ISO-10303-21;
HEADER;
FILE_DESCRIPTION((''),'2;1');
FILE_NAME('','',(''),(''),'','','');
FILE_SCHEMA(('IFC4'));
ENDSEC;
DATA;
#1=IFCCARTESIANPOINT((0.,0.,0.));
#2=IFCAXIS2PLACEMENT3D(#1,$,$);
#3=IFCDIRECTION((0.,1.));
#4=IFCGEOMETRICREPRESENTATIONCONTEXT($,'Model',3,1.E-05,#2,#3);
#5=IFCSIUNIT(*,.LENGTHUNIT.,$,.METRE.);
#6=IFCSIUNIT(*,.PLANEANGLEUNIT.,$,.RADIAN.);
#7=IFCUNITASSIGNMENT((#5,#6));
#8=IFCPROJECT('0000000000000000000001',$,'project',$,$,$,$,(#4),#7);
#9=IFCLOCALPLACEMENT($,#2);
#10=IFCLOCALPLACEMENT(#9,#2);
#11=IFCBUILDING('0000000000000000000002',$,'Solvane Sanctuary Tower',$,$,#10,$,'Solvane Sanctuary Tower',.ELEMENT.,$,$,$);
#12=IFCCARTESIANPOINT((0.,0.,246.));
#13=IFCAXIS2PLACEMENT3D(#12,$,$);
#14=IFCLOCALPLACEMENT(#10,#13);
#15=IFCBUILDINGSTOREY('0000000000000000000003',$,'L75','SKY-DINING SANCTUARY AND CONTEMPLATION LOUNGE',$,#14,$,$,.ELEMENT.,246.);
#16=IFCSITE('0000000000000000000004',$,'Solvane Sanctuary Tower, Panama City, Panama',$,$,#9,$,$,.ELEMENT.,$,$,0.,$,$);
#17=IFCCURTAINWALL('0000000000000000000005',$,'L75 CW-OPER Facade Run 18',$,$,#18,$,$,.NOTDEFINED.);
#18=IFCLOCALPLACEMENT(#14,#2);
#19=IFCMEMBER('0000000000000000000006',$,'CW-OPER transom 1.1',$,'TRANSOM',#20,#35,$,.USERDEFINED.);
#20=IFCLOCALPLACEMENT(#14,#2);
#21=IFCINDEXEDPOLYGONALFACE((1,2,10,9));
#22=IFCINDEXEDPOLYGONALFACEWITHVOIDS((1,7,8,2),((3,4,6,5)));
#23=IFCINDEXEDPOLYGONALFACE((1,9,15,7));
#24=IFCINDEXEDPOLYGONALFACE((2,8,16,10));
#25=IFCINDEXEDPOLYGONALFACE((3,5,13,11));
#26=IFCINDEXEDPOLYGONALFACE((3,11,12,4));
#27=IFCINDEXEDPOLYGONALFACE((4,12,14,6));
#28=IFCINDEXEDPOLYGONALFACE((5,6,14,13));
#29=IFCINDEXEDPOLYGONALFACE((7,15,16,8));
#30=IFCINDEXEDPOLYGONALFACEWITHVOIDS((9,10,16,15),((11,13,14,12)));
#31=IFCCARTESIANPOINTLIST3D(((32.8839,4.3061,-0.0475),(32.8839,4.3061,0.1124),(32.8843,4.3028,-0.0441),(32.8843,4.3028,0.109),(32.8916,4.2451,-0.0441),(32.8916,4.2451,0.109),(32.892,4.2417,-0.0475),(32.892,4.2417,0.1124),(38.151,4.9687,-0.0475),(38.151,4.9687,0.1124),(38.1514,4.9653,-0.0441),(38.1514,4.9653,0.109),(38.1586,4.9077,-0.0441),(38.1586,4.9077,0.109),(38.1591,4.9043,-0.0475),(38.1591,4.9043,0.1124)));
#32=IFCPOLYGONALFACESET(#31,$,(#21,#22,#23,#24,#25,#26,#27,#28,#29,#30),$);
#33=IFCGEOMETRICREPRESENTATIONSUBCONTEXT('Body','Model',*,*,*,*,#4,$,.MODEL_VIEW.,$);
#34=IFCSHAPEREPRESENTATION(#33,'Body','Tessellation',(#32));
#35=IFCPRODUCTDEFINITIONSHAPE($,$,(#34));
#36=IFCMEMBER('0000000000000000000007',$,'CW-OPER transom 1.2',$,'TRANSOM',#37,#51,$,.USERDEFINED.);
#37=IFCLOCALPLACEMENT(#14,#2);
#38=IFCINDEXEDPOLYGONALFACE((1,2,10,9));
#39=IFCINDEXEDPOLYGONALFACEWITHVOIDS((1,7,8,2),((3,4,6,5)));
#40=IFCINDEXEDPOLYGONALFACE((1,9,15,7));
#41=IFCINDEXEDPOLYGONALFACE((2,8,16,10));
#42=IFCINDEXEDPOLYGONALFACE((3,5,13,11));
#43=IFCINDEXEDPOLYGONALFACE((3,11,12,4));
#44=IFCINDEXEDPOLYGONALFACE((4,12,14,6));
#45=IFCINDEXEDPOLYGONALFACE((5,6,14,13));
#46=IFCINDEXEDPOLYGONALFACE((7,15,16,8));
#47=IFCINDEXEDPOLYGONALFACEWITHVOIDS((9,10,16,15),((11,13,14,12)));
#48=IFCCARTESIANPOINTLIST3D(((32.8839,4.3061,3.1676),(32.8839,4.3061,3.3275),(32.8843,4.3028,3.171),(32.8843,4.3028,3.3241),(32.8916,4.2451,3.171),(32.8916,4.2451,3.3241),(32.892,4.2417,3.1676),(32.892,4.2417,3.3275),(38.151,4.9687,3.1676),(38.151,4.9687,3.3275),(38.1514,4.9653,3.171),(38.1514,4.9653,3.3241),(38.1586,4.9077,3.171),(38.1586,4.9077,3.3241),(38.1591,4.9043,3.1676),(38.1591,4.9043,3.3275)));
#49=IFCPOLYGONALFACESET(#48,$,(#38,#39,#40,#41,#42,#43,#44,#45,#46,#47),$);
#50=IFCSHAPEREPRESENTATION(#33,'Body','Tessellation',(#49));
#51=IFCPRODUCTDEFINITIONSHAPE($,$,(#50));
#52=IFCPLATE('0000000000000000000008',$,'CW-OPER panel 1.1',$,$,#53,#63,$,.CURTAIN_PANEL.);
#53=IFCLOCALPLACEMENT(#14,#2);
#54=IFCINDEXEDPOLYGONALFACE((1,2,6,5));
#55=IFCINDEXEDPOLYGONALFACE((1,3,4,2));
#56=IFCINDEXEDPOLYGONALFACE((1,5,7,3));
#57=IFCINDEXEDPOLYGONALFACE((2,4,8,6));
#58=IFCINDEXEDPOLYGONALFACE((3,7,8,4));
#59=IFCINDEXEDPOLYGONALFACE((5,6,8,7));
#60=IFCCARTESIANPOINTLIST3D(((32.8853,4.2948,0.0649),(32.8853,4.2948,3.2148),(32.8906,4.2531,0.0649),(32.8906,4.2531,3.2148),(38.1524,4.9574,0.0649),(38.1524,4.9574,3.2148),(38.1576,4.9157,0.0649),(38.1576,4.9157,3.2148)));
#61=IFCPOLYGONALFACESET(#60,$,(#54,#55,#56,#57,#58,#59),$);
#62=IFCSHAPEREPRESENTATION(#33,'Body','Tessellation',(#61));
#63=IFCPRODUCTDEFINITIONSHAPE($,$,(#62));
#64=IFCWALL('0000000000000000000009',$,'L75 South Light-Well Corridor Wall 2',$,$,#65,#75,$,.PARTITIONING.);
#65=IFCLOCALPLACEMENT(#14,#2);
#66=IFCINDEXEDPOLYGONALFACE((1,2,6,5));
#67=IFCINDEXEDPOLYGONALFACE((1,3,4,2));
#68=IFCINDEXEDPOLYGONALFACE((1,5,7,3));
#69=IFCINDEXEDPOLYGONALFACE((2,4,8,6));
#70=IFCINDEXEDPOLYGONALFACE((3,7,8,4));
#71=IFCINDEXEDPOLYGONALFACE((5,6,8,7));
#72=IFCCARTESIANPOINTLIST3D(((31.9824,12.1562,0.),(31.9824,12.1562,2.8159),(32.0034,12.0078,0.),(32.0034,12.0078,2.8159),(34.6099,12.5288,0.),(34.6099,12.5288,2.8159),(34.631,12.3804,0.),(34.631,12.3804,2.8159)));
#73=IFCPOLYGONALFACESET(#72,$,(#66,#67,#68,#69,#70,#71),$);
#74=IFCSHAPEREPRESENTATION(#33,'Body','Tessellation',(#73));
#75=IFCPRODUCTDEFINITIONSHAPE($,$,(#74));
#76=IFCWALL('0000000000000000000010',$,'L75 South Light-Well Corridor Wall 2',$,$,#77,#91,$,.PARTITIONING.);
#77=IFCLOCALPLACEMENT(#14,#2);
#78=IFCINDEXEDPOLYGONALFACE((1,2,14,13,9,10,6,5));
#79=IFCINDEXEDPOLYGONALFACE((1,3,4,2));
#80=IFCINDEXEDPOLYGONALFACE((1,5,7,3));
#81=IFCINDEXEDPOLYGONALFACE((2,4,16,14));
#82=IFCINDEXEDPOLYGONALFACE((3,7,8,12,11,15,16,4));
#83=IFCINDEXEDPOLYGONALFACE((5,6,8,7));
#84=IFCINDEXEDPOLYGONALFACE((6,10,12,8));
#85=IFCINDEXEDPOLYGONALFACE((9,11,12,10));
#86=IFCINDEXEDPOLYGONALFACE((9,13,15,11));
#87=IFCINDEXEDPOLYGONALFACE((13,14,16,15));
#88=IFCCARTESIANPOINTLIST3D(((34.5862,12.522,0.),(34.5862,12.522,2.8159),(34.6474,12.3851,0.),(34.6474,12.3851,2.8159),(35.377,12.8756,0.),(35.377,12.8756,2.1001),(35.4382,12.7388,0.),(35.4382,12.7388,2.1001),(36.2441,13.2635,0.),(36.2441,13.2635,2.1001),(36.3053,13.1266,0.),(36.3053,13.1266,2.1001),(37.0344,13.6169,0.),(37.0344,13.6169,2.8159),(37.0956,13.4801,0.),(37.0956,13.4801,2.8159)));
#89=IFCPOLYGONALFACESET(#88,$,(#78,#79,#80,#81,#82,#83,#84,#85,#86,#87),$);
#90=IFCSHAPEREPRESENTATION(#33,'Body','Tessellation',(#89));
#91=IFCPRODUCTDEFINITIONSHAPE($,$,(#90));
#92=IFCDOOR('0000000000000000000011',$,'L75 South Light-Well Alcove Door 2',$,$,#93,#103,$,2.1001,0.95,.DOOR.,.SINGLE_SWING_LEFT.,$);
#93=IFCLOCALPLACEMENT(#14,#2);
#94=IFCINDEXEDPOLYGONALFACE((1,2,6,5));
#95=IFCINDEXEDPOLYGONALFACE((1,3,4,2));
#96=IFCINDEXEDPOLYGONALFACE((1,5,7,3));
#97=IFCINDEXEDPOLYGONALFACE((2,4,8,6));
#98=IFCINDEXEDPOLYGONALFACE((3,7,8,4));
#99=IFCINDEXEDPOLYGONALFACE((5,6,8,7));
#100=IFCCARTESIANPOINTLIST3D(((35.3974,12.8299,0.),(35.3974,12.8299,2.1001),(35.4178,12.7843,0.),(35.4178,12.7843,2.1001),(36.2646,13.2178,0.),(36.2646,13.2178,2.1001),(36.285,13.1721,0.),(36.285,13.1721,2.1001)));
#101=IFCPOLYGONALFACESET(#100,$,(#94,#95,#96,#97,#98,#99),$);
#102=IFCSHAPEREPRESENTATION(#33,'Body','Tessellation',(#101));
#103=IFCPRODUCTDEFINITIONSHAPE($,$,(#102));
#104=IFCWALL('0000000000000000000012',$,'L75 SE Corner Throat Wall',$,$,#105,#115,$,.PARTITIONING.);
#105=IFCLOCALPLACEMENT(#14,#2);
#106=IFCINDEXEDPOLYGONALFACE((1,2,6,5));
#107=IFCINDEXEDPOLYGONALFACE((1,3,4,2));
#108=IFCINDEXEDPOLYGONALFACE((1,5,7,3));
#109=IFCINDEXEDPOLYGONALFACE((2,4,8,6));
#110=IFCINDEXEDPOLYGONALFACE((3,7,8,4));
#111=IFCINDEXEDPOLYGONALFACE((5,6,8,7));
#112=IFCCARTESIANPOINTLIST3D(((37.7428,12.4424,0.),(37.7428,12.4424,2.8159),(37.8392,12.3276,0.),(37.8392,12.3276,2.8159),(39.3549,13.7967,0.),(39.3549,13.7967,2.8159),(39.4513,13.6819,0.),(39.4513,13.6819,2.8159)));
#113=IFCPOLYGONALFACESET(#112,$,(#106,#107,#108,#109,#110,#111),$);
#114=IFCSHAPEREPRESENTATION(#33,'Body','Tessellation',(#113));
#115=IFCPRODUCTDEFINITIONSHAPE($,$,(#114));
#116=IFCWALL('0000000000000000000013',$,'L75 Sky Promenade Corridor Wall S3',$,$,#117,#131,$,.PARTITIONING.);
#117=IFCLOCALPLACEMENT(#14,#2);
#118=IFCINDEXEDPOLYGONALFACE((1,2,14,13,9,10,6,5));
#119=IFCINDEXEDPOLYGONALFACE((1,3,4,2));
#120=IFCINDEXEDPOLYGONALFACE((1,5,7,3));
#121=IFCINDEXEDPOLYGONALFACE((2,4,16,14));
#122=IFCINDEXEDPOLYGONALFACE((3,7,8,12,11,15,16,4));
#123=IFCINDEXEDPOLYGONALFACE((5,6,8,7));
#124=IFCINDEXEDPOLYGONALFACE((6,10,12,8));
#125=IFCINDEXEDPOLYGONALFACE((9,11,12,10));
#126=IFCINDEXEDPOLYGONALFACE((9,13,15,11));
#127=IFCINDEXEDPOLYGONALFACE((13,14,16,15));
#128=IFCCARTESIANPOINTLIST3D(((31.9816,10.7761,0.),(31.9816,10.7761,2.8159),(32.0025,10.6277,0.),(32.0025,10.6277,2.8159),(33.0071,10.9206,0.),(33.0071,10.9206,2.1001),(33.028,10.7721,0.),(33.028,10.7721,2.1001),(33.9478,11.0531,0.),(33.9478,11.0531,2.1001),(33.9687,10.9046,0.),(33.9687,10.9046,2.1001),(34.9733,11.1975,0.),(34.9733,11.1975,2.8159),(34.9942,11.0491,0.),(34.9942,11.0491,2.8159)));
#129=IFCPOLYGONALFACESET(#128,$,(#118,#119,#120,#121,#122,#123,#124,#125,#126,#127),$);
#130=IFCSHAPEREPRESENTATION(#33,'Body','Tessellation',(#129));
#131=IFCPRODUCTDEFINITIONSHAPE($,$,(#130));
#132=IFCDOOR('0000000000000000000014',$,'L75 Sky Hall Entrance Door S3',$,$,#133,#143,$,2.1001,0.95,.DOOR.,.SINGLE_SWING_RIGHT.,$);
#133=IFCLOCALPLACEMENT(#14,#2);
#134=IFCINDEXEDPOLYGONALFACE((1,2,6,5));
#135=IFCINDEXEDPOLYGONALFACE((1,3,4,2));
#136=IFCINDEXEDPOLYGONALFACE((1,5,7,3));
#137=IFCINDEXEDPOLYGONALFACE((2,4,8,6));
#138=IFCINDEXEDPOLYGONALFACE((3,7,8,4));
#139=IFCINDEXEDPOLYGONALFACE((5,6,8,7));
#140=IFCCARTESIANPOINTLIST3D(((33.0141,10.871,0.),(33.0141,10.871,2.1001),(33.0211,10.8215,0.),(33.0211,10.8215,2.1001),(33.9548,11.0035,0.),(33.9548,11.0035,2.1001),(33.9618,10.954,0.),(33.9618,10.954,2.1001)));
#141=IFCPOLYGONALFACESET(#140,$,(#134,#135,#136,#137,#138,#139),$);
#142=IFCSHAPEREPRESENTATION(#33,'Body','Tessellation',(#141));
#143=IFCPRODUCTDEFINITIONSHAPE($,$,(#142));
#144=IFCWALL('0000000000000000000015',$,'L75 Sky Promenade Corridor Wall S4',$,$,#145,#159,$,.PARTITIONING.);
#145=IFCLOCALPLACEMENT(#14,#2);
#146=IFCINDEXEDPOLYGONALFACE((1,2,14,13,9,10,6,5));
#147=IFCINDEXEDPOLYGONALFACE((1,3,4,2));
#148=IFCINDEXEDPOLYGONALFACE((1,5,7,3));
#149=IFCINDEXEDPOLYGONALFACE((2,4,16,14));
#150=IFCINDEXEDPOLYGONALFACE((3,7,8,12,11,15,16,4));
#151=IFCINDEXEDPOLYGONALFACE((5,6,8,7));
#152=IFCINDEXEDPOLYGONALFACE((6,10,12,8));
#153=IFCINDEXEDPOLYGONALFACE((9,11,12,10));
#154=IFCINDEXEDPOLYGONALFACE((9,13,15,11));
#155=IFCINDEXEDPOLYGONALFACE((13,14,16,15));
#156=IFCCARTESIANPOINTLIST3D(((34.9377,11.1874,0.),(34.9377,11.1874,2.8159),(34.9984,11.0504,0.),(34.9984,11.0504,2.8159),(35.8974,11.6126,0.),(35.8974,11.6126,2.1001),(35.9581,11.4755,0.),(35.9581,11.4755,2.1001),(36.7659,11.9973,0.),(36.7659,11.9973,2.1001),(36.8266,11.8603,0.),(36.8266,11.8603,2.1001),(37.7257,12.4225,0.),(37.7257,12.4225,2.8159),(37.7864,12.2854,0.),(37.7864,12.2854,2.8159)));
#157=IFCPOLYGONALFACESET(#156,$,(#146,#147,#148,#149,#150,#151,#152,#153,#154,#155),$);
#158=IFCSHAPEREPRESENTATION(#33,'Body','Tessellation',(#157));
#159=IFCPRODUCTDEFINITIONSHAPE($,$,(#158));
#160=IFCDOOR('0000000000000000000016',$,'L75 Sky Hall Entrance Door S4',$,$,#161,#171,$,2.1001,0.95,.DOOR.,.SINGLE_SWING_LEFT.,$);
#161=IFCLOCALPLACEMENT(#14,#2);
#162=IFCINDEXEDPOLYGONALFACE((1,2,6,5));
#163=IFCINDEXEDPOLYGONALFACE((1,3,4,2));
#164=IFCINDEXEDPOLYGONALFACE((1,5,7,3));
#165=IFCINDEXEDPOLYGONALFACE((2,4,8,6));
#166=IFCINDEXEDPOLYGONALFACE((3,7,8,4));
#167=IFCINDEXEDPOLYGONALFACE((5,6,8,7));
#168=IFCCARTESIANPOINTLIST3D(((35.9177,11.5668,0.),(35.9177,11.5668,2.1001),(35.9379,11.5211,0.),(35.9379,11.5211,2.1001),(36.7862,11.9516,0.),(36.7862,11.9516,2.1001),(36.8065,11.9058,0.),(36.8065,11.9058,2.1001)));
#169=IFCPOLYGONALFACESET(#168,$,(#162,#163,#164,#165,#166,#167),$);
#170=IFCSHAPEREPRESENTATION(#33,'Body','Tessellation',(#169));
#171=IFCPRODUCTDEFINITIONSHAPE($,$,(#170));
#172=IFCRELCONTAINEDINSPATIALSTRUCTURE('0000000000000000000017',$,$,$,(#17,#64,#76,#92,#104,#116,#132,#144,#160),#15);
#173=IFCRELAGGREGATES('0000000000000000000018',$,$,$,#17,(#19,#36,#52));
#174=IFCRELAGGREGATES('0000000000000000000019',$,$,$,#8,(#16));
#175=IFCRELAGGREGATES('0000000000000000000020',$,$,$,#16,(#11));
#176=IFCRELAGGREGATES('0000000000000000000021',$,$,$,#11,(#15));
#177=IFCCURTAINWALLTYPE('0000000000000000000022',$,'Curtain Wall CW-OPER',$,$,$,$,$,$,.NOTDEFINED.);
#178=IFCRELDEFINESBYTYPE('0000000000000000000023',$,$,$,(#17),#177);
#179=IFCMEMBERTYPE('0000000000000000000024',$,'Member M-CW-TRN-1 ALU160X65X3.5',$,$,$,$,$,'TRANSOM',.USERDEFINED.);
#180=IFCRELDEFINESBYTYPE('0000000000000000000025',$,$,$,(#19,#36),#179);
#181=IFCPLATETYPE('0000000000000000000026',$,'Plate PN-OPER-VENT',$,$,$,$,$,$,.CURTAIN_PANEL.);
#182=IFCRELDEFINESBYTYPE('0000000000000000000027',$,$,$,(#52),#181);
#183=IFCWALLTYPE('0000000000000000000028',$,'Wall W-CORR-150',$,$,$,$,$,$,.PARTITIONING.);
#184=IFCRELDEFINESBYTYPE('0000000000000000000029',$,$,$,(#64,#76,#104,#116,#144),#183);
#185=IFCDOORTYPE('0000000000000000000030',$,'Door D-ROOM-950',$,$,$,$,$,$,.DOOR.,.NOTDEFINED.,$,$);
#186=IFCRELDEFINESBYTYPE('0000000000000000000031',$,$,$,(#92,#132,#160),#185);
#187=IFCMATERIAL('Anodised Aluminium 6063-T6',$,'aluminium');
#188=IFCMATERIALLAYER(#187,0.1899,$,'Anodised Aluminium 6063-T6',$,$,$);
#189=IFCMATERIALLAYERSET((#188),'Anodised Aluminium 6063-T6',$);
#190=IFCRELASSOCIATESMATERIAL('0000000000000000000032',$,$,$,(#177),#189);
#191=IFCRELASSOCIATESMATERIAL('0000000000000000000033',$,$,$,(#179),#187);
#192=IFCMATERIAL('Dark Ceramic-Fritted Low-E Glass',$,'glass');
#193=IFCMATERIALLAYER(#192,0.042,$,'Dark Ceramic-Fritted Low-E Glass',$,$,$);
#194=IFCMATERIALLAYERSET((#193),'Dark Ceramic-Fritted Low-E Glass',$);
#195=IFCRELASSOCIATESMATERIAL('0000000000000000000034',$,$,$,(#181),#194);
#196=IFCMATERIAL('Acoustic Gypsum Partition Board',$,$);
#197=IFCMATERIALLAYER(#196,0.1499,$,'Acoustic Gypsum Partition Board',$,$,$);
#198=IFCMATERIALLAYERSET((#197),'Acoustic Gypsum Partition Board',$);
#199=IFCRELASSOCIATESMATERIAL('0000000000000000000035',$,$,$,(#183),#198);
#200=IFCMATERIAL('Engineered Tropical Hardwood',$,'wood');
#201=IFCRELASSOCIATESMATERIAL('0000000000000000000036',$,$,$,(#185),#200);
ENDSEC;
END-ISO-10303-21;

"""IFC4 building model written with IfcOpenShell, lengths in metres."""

from ifc_helpers import new_model, si_unit, direction, frame, frame_2d, origin, origin_2d, place, context, subcontext, project, spatial, rectangle, hollow_rectangle, extrude, material, layer, layer_set, material_profile, profile_set, type_object, element, fill, aggregate, save


model = new_model("IFC4")

# Units and contexts
model_context = context("Model", 3, precision=1e-05, world=origin(), true_north=direction((0.0, 1.0)))
body_context = subcontext(model_context, "Body", "Model", "MODEL_VIEW")
ifc_project = project(units=[si_unit("LENGTHUNIT", "METRE"), si_unit("PLANEANGLEUNIT", "RADIAN")], contexts=[model_context])

# Site, building, storey
site_placement = place(None, origin())
site = spatial("IfcSite", under=ifc_project, at=site_placement, Name="Solvane Sanctuary Tower, Panama City, Panama", CompositionType="ELEMENT", RefElevation=0.0)
building_placement = place(site_placement, origin())
building = spatial("IfcBuilding", under=site, at=building_placement, Name="Solvane Sanctuary Tower", LongName="Solvane Sanctuary Tower", CompositionType="ELEMENT")
storey_placement = place(building_placement, frame((0.0, 0.0, 246.0)))
storey = spatial("IfcBuildingStorey", under=building, at=storey_placement, Name="L75", Description="SKY-DINING SANCTUARY AND CONTEMPLATION LOUNGE", CompositionType="ELEMENT", Elevation=246.0)

# Curtain wall, members, plate
ifc_material_1 = material(Name="Anodised Aluminium 6063-T6", Category="aluminium")
ifc_layer_1 = layer(ifc_material_1, 0.1899, Name="Anodised Aluminium 6063-T6")
ifc_layer_set_1 = layer_set([ifc_layer_1], Name="Anodised Aluminium 6063-T6")
curtain_wall_type = type_object("IfcCurtainWallType", Name="Curtain Wall CW-OPER", PredefinedType="NOTDEFINED", material=ifc_layer_set_1)
curtain_wall_placement = place(storey_placement, origin())
curtain_wall = element("IfcCurtainWall", 1, at=curtain_wall_placement, inside=storey, type_object=curtain_wall_type, Name="L75 CW-OPER Facade Run 18", PredefinedType="NOTDEFINED")
ifc_material_profile_1 = material_profile(ifc_material_1, hollow_rectangle(XDim=0.0649, YDim=0.1599, WallThickness=0.0034, at=origin_2d()), Name="ALU160X65X3.5")
ifc_profile_set_1 = profile_set([ifc_material_profile_1], Name="Anodised Aluminium 6063-T6")
member_type_1 = type_object("IfcMemberType", Name="Member M-CW-TRN-1 ALU160X65X3.5", ElementType="TRANSOM", PredefinedType="USERDEFINED", material=ifc_profile_set_1)
member_1_placement = place(storey_placement, frame((32.8879, 4.2739, 0.0325), z_axis=(0.99218, 0.124816, 0.0), x_axis=(-0.124816, 0.99218, 0.0)))
member_1 = element("IfcMember", 2, at=member_1_placement, type_object=member_type_1, Name="CW-OPER transom 1.1", ObjectType="TRANSOM", PredefinedType="USERDEFINED", context=body_context, shape_type="SweptSolid", body=[
    extrude(hollow_rectangle(XDim=0.0649, YDim=0.1599, WallThickness=0.0034, at=origin_2d()), origin(), (0.0, 0.0, 1.0), 5.3086),
])
member_2_placement = place(storey_placement, frame((32.8879, 4.2739, 3.2476), z_axis=(0.99218, 0.124816, 0.0), x_axis=(-0.124816, 0.99218, 0.0)))
member_2 = element("IfcMember", 3, at=member_2_placement, type_object=member_type_1, Name="CW-OPER transom 1.2", ObjectType="TRANSOM", PredefinedType="USERDEFINED", context=body_context, shape_type="SweptSolid", body=[
    extrude(hollow_rectangle(XDim=0.0649, YDim=0.1599, WallThickness=0.0034, at=origin_2d()), origin(), (0.0, 0.0, 1.0), 5.3086),
])
ifc_material_2 = material(Name="Dark Ceramic-Fritted Low-E Glass", Category="glass")
ifc_layer_2 = layer(ifc_material_2, 0.042, Name="Dark Ceramic-Fritted Low-E Glass")
ifc_layer_set_2 = layer_set([ifc_layer_2], Name="Dark Ceramic-Fritted Low-E Glass")
plate_type = type_object("IfcPlateType", Name="Plate PN-OPER-VENT", PredefinedType="CURTAIN_PANEL", material=ifc_layer_set_2)
plate_placement = place(storey_placement, frame((35.5215, 4.6052, 0.0649), z_axis=(0.0, 0.0, 1.0), x_axis=(0.99218, 0.124815, 0.0)))
plate = element("IfcPlate", 4, at=plate_placement, type_object=plate_type, Name="CW-OPER panel 1.1", PredefinedType="CURTAIN_PANEL", context=body_context, shape_type="SweptSolid", body=[
    extrude(rectangle(XDim=5.3086, YDim=0.042, at=origin_2d()), origin(), (0.0, 0.0, 1.0), 3.1499),
])
aggregate(curtain_wall, [member_1, member_2, plate])

# Wall
ifc_material_3 = material(Name="Acoustic Gypsum Partition Board")
ifc_layer_3 = layer(ifc_material_3, 0.1499, Name="Acoustic Gypsum Partition Board")
ifc_layer_set_3 = layer_set([ifc_layer_3], Name="Acoustic Gypsum Partition Board")
wall_type_1 = type_object("IfcWallType", Name="Wall W-CORR-150", PredefinedType="PARTITIONING", material=ifc_layer_set_3)
wall_1_placement = place(storey_placement, frame((31.9929, 12.082, 0.0), z_axis=(0.0, 0.0, 1.0), x_axis=(0.990096, 0.140391, 0.0)))
element("IfcWall", 5, at=wall_1_placement, inside=storey, type_object=wall_type_1, Name="L75 South Light-Well Corridor Wall 2", PredefinedType="PARTITIONING", context=body_context, shape_type="SweptSolid", body=[
    extrude(rectangle(XDim=2.6538, YDim=0.1499, at=frame_2d((1.3269, 0.0))), origin(), (0.0, 0.0, 1.0), 2.8159),
])

# Wall, opening, door
wall_2_placement = place(storey_placement, frame((34.6169, 12.4536, 0.0), z_axis=(0.0, 0.0, 1.0), x_axis=(0.912859, 0.408274, 0.0)))
wall_2 = element("IfcWall", 6, at=wall_2_placement, inside=storey, type_object=wall_type_1, Name="L75 South Light-Well Corridor Wall 2", PredefinedType="PARTITIONING", context=body_context, shape_type="SweptSolid", body=[
    extrude(rectangle(XDim=2.6819, YDim=0.1499, at=frame_2d((1.3408, 0.0))), origin(), (0.0, 0.0, 1.0), 2.8159),
])
opening_1_placement = place(wall_2_placement, frame((0.866, 0.0, 0.0)))
opening_1 = element("IfcOpeningElement", 7, at=opening_1_placement, cuts=wall_2, PredefinedType="OPENING", context=body_context, shape_type="SweptSolid", body=[
    extrude(rectangle(XDim=0.95, YDim=2.1001, at=frame_2d((0.4751, 1.05))), frame((0.0, 0.085, 0.0), z_axis=(0.0, -1.0, 0.0), x_axis=(1.0, 0.0, 0.0)), (0.0, 0.0, 1.0), 0.1699),
])
ifc_material_4 = material(Name="Engineered Tropical Hardwood", Category="wood")
door_type = type_object("IfcDoorType", Name="Door D-ROOM-950", OperationType="NOTDEFINED", PredefinedType="DOOR", material=ifc_material_4)
door_1_placement = place(opening_1_placement, origin())
door_1 = element("IfcDoor", 8, at=door_1_placement, inside=storey, type_object=door_type, Name="L75 South Light-Well Alcove Door 2", OperationType="SINGLE_SWING_LEFT", OverallHeight=2.1001, OverallWidth=0.95, PredefinedType="DOOR", context=body_context, shape_type="SweptSolid", body=[
    extrude(rectangle(XDim=0.95, YDim=2.1001, at=frame_2d((0.4751, 1.05))), frame((0.0, 0.0249, 0.0), z_axis=(0.0, -1.0, 0.0), x_axis=(1.0, 0.0, 0.0)), (0.0, 0.0, 1.0), 0.05),
])
fill(opening_1, door_1)

# Wall
wall_3_placement = place(storey_placement, frame((37.791, 12.385, 0.0), z_axis=(0.0, 0.0, 1.0), x_axis=(0.765677, 0.643225, 0.0)))
element("IfcWall", 9, at=wall_3_placement, inside=storey, type_object=wall_type_1, Name="L75 SE Corner Throat Wall", PredefinedType="PARTITIONING", context=body_context, shape_type="SweptSolid", body=[
    extrude(rectangle(XDim=2.1055, YDim=0.1499, at=frame_2d((1.0527, 0.0))), origin(), (0.0, 0.0, 1.0), 2.8159),
])

# Walls, openings, doors
wall_4_placement = place(storey_placement, frame((31.9919, 10.7019, 0.0), z_axis=(0.0, 0.0, 1.0), x_axis=(0.990226, 0.139475, 0.0)))
wall_4 = element("IfcWall", 10, at=wall_4_placement, inside=storey, type_object=wall_type_1, Name="L75 Sky Promenade Corridor Wall S3", PredefinedType="PARTITIONING", context=body_context, shape_type="SweptSolid", body=[
    extrude(rectangle(XDim=3.0212, YDim=0.1499, at=frame_2d((1.5107, 0.0))), origin(), (0.0, 0.0, 1.0), 2.8159),
])
opening_2_placement = place(wall_4_placement, frame((1.0356, 0.0, 0.0)))
opening_2 = element("IfcOpeningElement", 11, at=opening_2_placement, cuts=wall_4, PredefinedType="OPENING", context=body_context, shape_type="SweptSolid", body=[
    extrude(rectangle(XDim=0.95, YDim=2.1001, at=frame_2d((0.4751, 1.05))), frame((0.0, 0.085, 0.0), z_axis=(0.0, -1.0, 0.0), x_axis=(1.0, 0.0, 0.0)), (0.0, 0.0, 1.0), 0.1699),
])
door_2_placement = place(opening_2_placement, origin())
door_2 = element("IfcDoor", 12, at=door_2_placement, inside=storey, type_object=door_type, Name="L75 Sky Hall Entrance Door S3", OperationType="SINGLE_SWING_RIGHT", OverallHeight=2.1001, OverallWidth=0.95, PredefinedType="DOOR", context=body_context, shape_type="SweptSolid", body=[
    extrude(rectangle(XDim=0.95, YDim=2.1001, at=frame_2d((0.4751, 1.05))), frame((0.0, 0.0249, 0.0), z_axis=(0.0, -1.0, 0.0), x_axis=(1.0, 0.0, 0.0)), (0.0, 0.0, 1.0), 0.05),
])
fill(opening_2, door_2)
wall_5_placement = place(storey_placement, frame((34.968, 11.1189, 0.0), z_axis=(0.0, 0.0, 1.0), x_axis=(0.914303, 0.405031, 0.0)))
wall_5 = element("IfcWall", 13, at=wall_5_placement, inside=storey, type_object=wall_type_1, Name="L75 Sky Promenade Corridor Wall S4", PredefinedType="PARTITIONING", context=body_context, shape_type="SweptSolid", body=[
    extrude(rectangle(XDim=3.0493, YDim=0.1499, at=frame_2d((1.5247, 0.0))), origin(), (0.0, 0.0, 1.0), 2.8159),
])
opening_3_placement = place(wall_5_placement, frame((1.0496, 0.0, 0.0)))
opening_3 = element("IfcOpeningElement", 14, at=opening_3_placement, cuts=wall_5, PredefinedType="OPENING", context=body_context, shape_type="SweptSolid", body=[
    extrude(rectangle(XDim=0.95, YDim=2.1001, at=frame_2d((0.4751, 1.05))), frame((0.0, 0.085, 0.0), z_axis=(0.0, -1.0, 0.0), x_axis=(1.0, 0.0, 0.0)), (0.0, 0.0, 1.0), 0.1699),
])
door_3_placement = place(opening_3_placement, origin())
door_3 = element("IfcDoor", 15, at=door_3_placement, inside=storey, type_object=door_type, Name="L75 Sky Hall Entrance Door S4", OperationType="SINGLE_SWING_LEFT", OverallHeight=2.1001, OverallWidth=0.95, PredefinedType="DOOR", context=body_context, shape_type="SweptSolid", body=[
    extrude(rectangle(XDim=0.95, YDim=2.1001, at=frame_2d((0.4751, 1.05))), frame((0.0, 0.0249, 0.0), z_axis=(0.0, -1.0, 0.0), x_axis=(1.0, 0.0, 0.0)), (0.0, 0.0, 1.0), 0.05),
])
fill(opening_3, door_3)

save(model, "model.ifc")
